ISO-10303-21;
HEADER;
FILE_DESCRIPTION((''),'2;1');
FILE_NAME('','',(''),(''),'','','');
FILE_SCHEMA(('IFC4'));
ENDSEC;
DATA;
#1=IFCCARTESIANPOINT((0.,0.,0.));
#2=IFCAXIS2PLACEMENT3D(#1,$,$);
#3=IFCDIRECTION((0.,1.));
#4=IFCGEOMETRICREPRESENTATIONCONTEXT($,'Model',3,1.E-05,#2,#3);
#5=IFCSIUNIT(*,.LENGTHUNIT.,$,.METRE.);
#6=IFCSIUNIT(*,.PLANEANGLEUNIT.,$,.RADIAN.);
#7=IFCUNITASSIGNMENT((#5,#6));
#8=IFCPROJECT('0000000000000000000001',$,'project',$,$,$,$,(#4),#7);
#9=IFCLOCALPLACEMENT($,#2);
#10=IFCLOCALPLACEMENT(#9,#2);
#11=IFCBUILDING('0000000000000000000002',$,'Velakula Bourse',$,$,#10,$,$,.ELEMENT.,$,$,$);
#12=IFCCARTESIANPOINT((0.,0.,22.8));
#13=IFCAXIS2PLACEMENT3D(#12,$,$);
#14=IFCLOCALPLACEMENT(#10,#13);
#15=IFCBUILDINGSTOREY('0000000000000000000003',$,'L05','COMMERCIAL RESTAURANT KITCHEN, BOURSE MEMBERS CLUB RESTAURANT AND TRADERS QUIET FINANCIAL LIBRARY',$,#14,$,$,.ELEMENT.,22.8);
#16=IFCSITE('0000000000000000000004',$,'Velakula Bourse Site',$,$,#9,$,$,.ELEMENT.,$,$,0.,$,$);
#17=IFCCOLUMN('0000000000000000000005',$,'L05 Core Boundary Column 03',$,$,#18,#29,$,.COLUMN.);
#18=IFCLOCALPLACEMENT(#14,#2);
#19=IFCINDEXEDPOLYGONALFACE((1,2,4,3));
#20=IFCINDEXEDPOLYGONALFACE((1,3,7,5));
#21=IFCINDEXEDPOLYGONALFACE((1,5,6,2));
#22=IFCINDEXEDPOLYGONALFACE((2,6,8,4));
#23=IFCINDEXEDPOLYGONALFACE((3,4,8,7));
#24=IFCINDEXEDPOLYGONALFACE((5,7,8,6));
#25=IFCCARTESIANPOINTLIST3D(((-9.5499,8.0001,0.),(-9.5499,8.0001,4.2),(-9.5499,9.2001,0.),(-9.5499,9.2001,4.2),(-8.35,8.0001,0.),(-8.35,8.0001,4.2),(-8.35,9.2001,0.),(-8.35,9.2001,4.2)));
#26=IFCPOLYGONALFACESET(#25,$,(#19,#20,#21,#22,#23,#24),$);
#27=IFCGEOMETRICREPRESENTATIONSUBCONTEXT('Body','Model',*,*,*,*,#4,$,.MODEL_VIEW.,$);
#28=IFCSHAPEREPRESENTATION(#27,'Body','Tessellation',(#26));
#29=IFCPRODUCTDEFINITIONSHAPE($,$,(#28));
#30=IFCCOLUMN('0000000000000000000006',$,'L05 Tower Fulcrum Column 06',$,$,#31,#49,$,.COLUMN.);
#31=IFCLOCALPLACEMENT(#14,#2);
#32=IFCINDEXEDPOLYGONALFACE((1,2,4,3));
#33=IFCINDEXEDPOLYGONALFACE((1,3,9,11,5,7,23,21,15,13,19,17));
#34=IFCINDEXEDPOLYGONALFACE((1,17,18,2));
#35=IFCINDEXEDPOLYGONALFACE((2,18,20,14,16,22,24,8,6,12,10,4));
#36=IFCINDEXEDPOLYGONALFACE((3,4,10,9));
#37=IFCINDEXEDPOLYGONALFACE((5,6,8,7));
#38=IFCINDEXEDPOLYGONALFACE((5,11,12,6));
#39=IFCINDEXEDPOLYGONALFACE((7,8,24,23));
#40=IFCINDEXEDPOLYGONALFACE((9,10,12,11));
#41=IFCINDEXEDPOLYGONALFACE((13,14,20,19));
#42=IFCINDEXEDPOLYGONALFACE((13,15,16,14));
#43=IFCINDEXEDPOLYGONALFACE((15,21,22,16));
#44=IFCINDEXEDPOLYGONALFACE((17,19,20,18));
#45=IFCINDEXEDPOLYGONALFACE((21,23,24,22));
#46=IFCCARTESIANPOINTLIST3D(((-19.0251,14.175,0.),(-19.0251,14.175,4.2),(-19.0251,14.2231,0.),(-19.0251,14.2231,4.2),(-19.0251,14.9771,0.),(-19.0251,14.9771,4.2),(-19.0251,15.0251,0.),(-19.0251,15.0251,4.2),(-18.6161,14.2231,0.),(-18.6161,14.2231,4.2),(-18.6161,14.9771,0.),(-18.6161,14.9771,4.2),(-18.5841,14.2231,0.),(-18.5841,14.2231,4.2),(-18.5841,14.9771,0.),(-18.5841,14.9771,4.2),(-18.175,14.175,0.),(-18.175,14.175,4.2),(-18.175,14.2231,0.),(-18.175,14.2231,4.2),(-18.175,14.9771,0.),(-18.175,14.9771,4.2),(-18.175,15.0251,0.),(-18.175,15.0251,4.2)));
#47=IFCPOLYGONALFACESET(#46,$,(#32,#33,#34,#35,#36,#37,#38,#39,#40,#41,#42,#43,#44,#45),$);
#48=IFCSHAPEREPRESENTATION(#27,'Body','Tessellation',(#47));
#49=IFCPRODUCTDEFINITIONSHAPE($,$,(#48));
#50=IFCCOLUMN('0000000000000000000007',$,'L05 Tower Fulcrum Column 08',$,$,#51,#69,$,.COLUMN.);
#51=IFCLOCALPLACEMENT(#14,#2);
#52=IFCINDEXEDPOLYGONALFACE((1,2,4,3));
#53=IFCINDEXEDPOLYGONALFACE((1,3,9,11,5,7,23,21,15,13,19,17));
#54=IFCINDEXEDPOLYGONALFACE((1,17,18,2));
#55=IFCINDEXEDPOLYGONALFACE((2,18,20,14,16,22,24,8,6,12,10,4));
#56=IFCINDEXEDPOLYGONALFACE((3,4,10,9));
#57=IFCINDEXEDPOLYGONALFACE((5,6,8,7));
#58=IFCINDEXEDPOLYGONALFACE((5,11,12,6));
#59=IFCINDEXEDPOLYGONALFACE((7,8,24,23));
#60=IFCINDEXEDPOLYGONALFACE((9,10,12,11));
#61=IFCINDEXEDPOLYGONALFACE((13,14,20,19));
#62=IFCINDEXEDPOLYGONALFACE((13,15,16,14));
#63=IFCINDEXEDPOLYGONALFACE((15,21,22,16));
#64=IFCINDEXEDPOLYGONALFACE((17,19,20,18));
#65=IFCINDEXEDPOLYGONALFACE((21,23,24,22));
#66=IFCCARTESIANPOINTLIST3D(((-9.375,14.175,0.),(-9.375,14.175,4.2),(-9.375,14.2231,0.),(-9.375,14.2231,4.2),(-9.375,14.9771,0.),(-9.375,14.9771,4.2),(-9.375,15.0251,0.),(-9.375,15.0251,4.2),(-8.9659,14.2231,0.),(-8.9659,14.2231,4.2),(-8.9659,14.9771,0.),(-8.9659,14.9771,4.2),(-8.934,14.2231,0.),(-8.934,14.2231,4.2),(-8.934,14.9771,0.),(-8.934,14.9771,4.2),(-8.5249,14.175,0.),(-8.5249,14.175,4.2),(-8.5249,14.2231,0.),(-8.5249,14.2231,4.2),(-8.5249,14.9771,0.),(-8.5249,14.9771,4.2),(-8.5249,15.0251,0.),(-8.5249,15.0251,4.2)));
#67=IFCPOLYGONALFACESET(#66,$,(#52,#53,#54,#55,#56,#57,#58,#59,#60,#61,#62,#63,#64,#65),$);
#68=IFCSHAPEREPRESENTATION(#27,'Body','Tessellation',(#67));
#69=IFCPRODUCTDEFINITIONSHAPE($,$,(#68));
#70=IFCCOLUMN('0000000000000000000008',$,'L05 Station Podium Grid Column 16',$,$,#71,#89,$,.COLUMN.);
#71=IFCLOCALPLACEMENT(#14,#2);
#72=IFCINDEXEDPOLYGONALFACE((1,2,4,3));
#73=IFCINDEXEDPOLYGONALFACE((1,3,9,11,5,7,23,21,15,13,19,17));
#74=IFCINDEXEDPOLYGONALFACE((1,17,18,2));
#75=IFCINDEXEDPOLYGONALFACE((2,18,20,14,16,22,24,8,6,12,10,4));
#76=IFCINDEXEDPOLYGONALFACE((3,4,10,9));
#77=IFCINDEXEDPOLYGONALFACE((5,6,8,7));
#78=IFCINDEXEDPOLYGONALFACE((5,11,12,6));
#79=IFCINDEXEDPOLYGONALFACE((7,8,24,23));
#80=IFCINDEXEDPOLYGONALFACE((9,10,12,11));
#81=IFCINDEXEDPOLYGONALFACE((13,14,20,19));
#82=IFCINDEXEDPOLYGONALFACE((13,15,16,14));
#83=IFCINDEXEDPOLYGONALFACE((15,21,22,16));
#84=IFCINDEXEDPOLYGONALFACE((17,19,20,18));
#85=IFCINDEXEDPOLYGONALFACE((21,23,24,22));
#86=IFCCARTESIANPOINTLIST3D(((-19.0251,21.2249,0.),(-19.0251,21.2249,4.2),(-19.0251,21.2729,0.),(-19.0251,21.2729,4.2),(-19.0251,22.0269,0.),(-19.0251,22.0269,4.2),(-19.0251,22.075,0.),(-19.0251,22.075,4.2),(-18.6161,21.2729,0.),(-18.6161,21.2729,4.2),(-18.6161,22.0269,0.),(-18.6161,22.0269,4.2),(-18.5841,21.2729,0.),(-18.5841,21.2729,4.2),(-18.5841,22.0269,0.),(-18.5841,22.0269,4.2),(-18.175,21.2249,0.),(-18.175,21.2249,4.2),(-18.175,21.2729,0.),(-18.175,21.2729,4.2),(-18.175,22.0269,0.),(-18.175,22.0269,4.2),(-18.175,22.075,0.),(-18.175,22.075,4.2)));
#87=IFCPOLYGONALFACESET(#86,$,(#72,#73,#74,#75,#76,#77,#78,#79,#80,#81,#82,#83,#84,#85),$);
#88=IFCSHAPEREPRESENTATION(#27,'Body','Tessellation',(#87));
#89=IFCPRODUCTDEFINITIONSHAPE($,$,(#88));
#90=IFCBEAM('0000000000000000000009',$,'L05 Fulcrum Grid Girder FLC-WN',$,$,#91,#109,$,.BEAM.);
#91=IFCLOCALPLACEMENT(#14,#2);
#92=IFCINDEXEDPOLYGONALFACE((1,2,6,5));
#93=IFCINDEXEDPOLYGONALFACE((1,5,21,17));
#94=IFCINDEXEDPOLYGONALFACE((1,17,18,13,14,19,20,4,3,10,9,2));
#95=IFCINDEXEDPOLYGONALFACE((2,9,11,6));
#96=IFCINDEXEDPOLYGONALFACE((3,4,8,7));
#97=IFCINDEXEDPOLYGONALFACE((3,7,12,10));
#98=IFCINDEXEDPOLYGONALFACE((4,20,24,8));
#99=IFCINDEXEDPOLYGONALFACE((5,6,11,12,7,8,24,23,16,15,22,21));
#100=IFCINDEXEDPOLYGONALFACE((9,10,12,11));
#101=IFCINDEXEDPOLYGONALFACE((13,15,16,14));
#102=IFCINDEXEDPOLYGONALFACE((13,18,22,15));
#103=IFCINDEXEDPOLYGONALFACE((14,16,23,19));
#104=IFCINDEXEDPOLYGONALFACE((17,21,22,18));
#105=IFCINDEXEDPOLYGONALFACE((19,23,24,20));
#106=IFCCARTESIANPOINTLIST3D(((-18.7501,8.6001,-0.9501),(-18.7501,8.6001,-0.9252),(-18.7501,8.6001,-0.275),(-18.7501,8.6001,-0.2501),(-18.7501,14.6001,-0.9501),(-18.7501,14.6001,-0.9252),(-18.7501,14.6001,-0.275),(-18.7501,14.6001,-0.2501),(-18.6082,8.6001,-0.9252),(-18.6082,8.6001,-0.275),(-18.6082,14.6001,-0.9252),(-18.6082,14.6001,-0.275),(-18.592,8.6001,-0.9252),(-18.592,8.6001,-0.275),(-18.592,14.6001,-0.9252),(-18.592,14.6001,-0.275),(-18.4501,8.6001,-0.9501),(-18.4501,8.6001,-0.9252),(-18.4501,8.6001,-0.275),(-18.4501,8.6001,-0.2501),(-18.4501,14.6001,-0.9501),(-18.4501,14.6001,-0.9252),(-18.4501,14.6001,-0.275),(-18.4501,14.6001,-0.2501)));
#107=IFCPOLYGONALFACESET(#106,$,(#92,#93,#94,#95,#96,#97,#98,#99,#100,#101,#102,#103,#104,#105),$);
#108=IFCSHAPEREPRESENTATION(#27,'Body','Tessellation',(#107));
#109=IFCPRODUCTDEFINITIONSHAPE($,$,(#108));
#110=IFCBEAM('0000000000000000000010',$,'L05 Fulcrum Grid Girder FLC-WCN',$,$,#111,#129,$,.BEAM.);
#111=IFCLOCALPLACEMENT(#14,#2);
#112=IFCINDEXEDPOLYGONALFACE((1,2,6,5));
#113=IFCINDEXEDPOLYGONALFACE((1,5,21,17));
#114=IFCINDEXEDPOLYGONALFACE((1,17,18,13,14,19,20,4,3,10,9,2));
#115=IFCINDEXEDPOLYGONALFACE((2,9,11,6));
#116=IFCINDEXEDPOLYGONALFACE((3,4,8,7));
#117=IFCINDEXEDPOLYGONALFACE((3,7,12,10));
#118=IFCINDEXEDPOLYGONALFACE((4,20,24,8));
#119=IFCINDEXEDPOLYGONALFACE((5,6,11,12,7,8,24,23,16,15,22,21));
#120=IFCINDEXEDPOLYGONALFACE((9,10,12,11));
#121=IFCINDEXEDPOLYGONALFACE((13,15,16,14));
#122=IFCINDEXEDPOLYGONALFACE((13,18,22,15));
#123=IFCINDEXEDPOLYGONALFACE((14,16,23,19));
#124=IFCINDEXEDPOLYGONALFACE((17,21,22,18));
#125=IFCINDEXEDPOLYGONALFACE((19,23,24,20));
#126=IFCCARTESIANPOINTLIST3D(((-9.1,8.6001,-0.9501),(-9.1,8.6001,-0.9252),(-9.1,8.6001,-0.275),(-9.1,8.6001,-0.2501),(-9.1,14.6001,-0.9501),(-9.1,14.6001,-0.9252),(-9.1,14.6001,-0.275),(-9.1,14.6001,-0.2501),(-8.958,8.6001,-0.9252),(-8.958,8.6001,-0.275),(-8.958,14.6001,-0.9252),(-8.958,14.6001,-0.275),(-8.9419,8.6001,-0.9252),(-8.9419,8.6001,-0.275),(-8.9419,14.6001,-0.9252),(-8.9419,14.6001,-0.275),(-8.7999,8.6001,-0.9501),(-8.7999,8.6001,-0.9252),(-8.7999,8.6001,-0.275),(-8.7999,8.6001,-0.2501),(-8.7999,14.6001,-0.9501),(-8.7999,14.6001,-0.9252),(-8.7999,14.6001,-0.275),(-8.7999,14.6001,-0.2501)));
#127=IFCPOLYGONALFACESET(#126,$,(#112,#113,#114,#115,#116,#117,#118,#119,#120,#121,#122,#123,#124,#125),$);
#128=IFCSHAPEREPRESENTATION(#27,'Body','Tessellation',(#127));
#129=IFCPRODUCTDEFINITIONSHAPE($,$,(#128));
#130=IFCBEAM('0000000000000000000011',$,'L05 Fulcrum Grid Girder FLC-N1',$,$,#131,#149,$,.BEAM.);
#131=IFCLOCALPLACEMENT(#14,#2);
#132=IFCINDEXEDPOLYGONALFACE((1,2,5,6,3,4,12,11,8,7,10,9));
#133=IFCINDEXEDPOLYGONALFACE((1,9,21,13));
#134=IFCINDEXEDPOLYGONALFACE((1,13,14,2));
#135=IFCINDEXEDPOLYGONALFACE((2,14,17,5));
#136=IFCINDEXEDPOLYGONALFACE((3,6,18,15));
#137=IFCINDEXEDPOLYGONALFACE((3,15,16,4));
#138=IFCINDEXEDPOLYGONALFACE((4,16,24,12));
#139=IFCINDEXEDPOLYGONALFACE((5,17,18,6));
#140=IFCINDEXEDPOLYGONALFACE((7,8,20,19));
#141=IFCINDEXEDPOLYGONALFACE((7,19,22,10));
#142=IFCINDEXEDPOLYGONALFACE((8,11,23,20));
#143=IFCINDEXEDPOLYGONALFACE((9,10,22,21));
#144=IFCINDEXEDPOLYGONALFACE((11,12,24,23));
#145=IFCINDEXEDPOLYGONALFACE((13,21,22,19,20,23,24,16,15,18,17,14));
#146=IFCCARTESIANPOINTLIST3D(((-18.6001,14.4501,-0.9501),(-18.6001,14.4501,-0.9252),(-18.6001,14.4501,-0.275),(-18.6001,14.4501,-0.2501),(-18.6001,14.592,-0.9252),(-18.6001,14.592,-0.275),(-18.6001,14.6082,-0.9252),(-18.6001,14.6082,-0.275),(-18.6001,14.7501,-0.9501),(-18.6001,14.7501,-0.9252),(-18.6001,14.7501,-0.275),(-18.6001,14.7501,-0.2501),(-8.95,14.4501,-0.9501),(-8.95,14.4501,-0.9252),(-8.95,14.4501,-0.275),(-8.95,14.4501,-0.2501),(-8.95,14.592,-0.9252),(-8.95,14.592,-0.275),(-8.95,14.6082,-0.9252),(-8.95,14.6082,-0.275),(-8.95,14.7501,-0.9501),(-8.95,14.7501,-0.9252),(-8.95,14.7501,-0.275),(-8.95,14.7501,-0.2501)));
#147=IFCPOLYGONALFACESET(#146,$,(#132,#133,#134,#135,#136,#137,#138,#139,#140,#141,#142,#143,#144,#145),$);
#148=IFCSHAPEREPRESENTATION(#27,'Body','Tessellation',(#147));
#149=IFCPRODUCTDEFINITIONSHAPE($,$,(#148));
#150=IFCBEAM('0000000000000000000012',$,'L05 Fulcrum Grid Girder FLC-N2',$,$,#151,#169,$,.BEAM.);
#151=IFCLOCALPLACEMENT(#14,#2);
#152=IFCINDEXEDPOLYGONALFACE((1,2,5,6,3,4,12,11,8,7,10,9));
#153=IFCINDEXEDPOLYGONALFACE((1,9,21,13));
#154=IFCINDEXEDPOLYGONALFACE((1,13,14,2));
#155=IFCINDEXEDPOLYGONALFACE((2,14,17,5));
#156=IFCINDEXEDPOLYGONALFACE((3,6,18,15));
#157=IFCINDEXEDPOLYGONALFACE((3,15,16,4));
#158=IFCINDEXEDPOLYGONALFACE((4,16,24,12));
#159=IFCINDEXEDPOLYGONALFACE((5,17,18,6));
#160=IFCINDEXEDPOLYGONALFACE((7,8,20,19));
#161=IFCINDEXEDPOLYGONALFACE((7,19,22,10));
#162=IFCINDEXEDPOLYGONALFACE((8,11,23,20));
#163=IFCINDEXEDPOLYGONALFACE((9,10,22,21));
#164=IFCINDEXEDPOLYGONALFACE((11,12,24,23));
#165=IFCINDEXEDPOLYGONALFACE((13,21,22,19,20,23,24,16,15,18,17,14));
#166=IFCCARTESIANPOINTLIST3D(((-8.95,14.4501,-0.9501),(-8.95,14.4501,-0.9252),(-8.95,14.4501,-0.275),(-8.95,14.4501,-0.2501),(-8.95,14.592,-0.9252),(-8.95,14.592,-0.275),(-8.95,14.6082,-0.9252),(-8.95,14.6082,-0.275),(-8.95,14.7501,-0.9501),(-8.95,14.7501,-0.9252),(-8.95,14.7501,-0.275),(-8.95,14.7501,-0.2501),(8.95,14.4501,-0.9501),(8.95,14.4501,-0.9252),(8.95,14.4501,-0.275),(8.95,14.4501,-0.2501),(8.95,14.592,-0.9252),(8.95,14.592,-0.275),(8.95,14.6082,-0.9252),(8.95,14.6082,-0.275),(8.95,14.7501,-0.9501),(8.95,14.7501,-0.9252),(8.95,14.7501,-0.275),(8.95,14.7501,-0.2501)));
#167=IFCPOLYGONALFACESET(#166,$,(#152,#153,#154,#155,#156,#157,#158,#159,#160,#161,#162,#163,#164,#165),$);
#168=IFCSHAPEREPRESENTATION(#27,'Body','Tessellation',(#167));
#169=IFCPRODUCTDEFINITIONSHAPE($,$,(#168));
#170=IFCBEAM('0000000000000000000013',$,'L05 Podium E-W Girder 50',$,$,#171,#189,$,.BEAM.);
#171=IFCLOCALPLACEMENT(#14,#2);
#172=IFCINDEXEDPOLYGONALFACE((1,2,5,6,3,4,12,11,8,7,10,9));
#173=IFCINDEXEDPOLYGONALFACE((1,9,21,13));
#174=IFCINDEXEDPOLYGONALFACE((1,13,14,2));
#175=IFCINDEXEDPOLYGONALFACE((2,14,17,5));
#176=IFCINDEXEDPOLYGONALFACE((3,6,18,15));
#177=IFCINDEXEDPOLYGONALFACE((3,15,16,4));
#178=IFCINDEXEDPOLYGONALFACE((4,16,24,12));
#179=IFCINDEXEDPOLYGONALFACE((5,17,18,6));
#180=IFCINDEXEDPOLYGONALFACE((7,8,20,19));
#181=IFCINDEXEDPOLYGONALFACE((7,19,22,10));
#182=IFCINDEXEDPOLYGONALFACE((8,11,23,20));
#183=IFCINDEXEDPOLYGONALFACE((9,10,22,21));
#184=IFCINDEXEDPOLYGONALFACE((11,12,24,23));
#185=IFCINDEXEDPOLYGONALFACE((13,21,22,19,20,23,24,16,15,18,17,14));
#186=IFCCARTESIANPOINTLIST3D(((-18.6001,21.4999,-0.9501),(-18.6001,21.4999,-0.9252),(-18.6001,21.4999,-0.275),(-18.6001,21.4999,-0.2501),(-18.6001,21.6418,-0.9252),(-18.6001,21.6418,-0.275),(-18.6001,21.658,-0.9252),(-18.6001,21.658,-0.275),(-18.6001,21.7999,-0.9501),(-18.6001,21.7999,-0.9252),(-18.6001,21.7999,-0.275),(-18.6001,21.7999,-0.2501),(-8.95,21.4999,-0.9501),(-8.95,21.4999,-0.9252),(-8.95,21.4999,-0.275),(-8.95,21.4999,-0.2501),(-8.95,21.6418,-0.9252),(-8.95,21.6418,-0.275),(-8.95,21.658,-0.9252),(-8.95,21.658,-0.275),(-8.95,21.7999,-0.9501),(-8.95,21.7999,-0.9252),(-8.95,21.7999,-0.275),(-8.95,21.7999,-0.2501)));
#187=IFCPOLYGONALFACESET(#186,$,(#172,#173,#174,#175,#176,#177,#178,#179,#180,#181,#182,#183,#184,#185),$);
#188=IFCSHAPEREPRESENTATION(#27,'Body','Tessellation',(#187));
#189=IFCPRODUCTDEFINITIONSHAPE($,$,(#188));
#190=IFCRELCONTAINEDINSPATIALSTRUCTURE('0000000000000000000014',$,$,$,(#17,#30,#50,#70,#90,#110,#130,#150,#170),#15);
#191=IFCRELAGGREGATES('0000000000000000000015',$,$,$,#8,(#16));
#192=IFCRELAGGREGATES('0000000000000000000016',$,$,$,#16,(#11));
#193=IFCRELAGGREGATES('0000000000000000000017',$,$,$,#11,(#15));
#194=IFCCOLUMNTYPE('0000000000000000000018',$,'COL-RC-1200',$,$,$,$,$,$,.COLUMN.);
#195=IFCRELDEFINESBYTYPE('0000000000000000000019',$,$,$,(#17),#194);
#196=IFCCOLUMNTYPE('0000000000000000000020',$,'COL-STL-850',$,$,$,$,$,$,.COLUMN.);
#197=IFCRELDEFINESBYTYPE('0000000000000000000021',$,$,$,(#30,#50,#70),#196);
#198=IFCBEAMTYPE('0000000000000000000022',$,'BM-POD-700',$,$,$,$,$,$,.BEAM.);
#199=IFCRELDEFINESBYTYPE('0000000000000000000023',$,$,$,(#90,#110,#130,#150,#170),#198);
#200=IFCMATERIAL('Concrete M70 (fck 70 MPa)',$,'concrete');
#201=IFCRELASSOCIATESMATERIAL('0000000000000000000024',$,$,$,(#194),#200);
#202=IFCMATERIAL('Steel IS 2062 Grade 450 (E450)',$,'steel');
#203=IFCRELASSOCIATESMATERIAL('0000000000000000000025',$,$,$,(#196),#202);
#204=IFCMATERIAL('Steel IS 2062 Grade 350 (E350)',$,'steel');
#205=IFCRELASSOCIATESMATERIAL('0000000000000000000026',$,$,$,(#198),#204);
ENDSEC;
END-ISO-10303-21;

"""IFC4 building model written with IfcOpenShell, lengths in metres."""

from ifc_helpers import new_model, si_unit, direction, frame, origin, origin_2d, place, context, subcontext, project, spatial, rectangle, i_section, extrude, material, material_profile, profile_set, type_object, element, save


model = new_model("IFC4")

# Units and contexts
model_context = context("Model", 3, precision=1e-05, world=origin(), true_north=direction((0.0, 1.0)))
body_context = subcontext(model_context, "Body", "Model", "MODEL_VIEW")
ifc_project = project(units=[si_unit("LENGTHUNIT", "METRE"), si_unit("PLANEANGLEUNIT", "RADIAN")], contexts=[model_context])

# Site, building, storey
site_placement = place(None, origin())
site = spatial("IfcSite", under=ifc_project, at=site_placement, Name="Velakula Bourse Site", CompositionType="ELEMENT", RefElevation=0.0)
building_placement = place(site_placement, origin())
building = spatial("IfcBuilding", under=site, at=building_placement, Name="Velakula Bourse", CompositionType="ELEMENT")
storey_placement = place(building_placement, frame((0.0, 0.0, 22.8)))
storey = spatial("IfcBuildingStorey", under=building, at=storey_placement, Name="L05", Description="COMMERCIAL RESTAURANT KITCHEN, BOURSE MEMBERS CLUB RESTAURANT AND TRADERS QUIET FINANCIAL LIBRARY", CompositionType="ELEMENT", Elevation=22.8)

# Columns
ifc_material_1 = material(Name="Concrete M70 (fck 70 MPa)", Category="concrete")
ifc_material_profile_1 = material_profile(ifc_material_1, rectangle(XDim=1.2, YDim=1.2, at=origin_2d()), Name="Concrete M70 (fck 70 MPa)")
ifc_profile_set_1 = profile_set([ifc_material_profile_1], Name="Concrete M70 (fck 70 MPa)")
column_type_1 = type_object("IfcColumnType", Name="COL-RC-1200", PredefinedType="COLUMN", material=ifc_profile_set_1)
column_placement = place(storey_placement, frame((-8.95, 8.6001, 0.0), z_axis=(0.0, 0.0, 1.0), x_axis=(1.0, 0.0, 0.0)))
element("IfcColumn", 1, at=column_placement, inside=storey, type_object=column_type_1, Name="L05 Core Boundary Column 03", PredefinedType="COLUMN", context=body_context, shape_type="SweptSolid", body=[
    extrude(rectangle(XDim=1.2, YDim=1.2, at=origin_2d()), origin(), (0.0, 0.0, 1.0), 4.2),
])
ifc_material_2 = material(Name="Steel IS 2062 Grade 450 (E450)", Category="steel")
ifc_material_profile_2 = material_profile(ifc_material_2, i_section(OverallWidth=0.8501, OverallDepth=0.8501, WebThickness=0.032, FlangeThickness=0.0481, at=origin_2d()), Name="Steel IS 2062 Grade 450 (E450)")
ifc_profile_set_2 = profile_set([ifc_material_profile_2], Name="Steel IS 2062 Grade 450 (E450)")
column_type_2 = type_object("IfcColumnType", Name="COL-STL-850", PredefinedType="COLUMN", material=ifc_profile_set_2)
for number, where, z_axis, x_axis, name in (
    (2, (-18.6001, 14.6001, 0.0), (0.0, 0.0, 1.0), (1.0, 0.0, 0.0), "L05 Tower Fulcrum Column 06"),
    (3, (-8.95, 14.6001, 0.0), (0.0, 0.0, 1.0), (1.0, 0.0, 0.0), "L05 Tower Fulcrum Column 08"),
    (4, (-18.6001, 21.6499, 0.0), (0.0, 0.0, 1.0), (1.0, 0.0, 0.0), "L05 Station Podium Grid Column 16"),
):
    element("IfcColumn", number, at=place(storey_placement, frame(where, z_axis=z_axis, x_axis=x_axis)), inside=storey, type_object=column_type_2, Name=name, PredefinedType="COLUMN", context=body_context, shape_type="SweptSolid", body=[
        extrude(i_section(OverallWidth=0.8501, OverallDepth=0.8501, WebThickness=0.032, FlangeThickness=0.0481, at=origin_2d()), origin(), (0.0, 0.0, 1.0), 4.2),
    ])

# Beams
ifc_material_3 = material(Name="Steel IS 2062 Grade 350 (E350)", Category="steel")
ifc_material_profile_3 = material_profile(ifc_material_3, i_section(OverallWidth=0.3, OverallDepth=0.7, WebThickness=0.0161, FlangeThickness=0.0249, at=origin_2d()), Name="Steel IS 2062 Grade 350 (E350)")
ifc_profile_set_3 = profile_set([ifc_material_profile_3], Name="Steel IS 2062 Grade 350 (E350)")
beam_type_1 = type_object("IfcBeamType", Name="BM-POD-700", PredefinedType="BEAM", material=ifc_profile_set_3)
for number, where, z_axis, x_axis, name in (
    (5, (-18.6001, 8.6001, -0.6001), (0.0, 1.0, 0.0), (-1.0, 0.0, 0.0), "L05 Fulcrum Grid Girder FLC-WN"),
    (6, (-8.95, 8.6001, -0.6001), (0.0, 1.0, 0.0), (-1.0, 0.0, 0.0), "L05 Fulcrum Grid Girder FLC-WCN"),
):
    element("IfcBeam", number, at=place(storey_placement, frame(where, z_axis=z_axis, x_axis=x_axis)), inside=storey, type_object=beam_type_1, Name=name, PredefinedType="BEAM", context=body_context, shape_type="SweptSolid", body=[
        extrude(i_section(OverallWidth=0.3, OverallDepth=0.7, WebThickness=0.0161, FlangeThickness=0.0249, at=origin_2d()), origin(), (0.0, 0.0, 1.0), 6.0),
    ])
beam_1_placement = place(storey_placement, frame((-18.6001, 14.6001, -0.6001), z_axis=(1.0, 0.0, 0.0), x_axis=(0.0, 1.0, 0.0)))
element("IfcBeam", 7, at=beam_1_placement, inside=storey, type_object=beam_type_1, Name="L05 Fulcrum Grid Girder FLC-N1", PredefinedType="BEAM", context=body_context, shape_type="SweptSolid", body=[
    extrude(i_section(OverallWidth=0.3, OverallDepth=0.7, WebThickness=0.0161, FlangeThickness=0.0249, at=origin_2d()), origin(), (0.0, 0.0, 1.0), 9.6501),
])
beam_2_placement = place(storey_placement, frame((-8.95, 14.6001, -0.6001), z_axis=(1.0, 0.0, 0.0), x_axis=(0.0, 1.0, 0.0)))
element("IfcBeam", 8, at=beam_2_placement, inside=storey, type_object=beam_type_1, Name="L05 Fulcrum Grid Girder FLC-N2", PredefinedType="BEAM", context=body_context, shape_type="SweptSolid", body=[
    extrude(i_section(OverallWidth=0.3, OverallDepth=0.7, WebThickness=0.0161, FlangeThickness=0.0249, at=origin_2d()), origin(), (0.0, 0.0, 1.0), 17.8999),
])
beam_3_placement = place(storey_placement, frame((-18.6001, 21.6499, -0.6001), z_axis=(1.0, 0.0, 0.0), x_axis=(0.0, 1.0, 0.0)))
element("IfcBeam", 9, at=beam_3_placement, inside=storey, type_object=beam_type_1, Name="L05 Podium E-W Girder 50", PredefinedType="BEAM", context=body_context, shape_type="SweptSolid", body=[
    extrude(i_section(OverallWidth=0.3, OverallDepth=0.7, WebThickness=0.0161, FlangeThickness=0.0249, at=origin_2d()), origin(), (0.0, 0.0, 1.0), 9.6501),
])

save(model, "model.ifc")
